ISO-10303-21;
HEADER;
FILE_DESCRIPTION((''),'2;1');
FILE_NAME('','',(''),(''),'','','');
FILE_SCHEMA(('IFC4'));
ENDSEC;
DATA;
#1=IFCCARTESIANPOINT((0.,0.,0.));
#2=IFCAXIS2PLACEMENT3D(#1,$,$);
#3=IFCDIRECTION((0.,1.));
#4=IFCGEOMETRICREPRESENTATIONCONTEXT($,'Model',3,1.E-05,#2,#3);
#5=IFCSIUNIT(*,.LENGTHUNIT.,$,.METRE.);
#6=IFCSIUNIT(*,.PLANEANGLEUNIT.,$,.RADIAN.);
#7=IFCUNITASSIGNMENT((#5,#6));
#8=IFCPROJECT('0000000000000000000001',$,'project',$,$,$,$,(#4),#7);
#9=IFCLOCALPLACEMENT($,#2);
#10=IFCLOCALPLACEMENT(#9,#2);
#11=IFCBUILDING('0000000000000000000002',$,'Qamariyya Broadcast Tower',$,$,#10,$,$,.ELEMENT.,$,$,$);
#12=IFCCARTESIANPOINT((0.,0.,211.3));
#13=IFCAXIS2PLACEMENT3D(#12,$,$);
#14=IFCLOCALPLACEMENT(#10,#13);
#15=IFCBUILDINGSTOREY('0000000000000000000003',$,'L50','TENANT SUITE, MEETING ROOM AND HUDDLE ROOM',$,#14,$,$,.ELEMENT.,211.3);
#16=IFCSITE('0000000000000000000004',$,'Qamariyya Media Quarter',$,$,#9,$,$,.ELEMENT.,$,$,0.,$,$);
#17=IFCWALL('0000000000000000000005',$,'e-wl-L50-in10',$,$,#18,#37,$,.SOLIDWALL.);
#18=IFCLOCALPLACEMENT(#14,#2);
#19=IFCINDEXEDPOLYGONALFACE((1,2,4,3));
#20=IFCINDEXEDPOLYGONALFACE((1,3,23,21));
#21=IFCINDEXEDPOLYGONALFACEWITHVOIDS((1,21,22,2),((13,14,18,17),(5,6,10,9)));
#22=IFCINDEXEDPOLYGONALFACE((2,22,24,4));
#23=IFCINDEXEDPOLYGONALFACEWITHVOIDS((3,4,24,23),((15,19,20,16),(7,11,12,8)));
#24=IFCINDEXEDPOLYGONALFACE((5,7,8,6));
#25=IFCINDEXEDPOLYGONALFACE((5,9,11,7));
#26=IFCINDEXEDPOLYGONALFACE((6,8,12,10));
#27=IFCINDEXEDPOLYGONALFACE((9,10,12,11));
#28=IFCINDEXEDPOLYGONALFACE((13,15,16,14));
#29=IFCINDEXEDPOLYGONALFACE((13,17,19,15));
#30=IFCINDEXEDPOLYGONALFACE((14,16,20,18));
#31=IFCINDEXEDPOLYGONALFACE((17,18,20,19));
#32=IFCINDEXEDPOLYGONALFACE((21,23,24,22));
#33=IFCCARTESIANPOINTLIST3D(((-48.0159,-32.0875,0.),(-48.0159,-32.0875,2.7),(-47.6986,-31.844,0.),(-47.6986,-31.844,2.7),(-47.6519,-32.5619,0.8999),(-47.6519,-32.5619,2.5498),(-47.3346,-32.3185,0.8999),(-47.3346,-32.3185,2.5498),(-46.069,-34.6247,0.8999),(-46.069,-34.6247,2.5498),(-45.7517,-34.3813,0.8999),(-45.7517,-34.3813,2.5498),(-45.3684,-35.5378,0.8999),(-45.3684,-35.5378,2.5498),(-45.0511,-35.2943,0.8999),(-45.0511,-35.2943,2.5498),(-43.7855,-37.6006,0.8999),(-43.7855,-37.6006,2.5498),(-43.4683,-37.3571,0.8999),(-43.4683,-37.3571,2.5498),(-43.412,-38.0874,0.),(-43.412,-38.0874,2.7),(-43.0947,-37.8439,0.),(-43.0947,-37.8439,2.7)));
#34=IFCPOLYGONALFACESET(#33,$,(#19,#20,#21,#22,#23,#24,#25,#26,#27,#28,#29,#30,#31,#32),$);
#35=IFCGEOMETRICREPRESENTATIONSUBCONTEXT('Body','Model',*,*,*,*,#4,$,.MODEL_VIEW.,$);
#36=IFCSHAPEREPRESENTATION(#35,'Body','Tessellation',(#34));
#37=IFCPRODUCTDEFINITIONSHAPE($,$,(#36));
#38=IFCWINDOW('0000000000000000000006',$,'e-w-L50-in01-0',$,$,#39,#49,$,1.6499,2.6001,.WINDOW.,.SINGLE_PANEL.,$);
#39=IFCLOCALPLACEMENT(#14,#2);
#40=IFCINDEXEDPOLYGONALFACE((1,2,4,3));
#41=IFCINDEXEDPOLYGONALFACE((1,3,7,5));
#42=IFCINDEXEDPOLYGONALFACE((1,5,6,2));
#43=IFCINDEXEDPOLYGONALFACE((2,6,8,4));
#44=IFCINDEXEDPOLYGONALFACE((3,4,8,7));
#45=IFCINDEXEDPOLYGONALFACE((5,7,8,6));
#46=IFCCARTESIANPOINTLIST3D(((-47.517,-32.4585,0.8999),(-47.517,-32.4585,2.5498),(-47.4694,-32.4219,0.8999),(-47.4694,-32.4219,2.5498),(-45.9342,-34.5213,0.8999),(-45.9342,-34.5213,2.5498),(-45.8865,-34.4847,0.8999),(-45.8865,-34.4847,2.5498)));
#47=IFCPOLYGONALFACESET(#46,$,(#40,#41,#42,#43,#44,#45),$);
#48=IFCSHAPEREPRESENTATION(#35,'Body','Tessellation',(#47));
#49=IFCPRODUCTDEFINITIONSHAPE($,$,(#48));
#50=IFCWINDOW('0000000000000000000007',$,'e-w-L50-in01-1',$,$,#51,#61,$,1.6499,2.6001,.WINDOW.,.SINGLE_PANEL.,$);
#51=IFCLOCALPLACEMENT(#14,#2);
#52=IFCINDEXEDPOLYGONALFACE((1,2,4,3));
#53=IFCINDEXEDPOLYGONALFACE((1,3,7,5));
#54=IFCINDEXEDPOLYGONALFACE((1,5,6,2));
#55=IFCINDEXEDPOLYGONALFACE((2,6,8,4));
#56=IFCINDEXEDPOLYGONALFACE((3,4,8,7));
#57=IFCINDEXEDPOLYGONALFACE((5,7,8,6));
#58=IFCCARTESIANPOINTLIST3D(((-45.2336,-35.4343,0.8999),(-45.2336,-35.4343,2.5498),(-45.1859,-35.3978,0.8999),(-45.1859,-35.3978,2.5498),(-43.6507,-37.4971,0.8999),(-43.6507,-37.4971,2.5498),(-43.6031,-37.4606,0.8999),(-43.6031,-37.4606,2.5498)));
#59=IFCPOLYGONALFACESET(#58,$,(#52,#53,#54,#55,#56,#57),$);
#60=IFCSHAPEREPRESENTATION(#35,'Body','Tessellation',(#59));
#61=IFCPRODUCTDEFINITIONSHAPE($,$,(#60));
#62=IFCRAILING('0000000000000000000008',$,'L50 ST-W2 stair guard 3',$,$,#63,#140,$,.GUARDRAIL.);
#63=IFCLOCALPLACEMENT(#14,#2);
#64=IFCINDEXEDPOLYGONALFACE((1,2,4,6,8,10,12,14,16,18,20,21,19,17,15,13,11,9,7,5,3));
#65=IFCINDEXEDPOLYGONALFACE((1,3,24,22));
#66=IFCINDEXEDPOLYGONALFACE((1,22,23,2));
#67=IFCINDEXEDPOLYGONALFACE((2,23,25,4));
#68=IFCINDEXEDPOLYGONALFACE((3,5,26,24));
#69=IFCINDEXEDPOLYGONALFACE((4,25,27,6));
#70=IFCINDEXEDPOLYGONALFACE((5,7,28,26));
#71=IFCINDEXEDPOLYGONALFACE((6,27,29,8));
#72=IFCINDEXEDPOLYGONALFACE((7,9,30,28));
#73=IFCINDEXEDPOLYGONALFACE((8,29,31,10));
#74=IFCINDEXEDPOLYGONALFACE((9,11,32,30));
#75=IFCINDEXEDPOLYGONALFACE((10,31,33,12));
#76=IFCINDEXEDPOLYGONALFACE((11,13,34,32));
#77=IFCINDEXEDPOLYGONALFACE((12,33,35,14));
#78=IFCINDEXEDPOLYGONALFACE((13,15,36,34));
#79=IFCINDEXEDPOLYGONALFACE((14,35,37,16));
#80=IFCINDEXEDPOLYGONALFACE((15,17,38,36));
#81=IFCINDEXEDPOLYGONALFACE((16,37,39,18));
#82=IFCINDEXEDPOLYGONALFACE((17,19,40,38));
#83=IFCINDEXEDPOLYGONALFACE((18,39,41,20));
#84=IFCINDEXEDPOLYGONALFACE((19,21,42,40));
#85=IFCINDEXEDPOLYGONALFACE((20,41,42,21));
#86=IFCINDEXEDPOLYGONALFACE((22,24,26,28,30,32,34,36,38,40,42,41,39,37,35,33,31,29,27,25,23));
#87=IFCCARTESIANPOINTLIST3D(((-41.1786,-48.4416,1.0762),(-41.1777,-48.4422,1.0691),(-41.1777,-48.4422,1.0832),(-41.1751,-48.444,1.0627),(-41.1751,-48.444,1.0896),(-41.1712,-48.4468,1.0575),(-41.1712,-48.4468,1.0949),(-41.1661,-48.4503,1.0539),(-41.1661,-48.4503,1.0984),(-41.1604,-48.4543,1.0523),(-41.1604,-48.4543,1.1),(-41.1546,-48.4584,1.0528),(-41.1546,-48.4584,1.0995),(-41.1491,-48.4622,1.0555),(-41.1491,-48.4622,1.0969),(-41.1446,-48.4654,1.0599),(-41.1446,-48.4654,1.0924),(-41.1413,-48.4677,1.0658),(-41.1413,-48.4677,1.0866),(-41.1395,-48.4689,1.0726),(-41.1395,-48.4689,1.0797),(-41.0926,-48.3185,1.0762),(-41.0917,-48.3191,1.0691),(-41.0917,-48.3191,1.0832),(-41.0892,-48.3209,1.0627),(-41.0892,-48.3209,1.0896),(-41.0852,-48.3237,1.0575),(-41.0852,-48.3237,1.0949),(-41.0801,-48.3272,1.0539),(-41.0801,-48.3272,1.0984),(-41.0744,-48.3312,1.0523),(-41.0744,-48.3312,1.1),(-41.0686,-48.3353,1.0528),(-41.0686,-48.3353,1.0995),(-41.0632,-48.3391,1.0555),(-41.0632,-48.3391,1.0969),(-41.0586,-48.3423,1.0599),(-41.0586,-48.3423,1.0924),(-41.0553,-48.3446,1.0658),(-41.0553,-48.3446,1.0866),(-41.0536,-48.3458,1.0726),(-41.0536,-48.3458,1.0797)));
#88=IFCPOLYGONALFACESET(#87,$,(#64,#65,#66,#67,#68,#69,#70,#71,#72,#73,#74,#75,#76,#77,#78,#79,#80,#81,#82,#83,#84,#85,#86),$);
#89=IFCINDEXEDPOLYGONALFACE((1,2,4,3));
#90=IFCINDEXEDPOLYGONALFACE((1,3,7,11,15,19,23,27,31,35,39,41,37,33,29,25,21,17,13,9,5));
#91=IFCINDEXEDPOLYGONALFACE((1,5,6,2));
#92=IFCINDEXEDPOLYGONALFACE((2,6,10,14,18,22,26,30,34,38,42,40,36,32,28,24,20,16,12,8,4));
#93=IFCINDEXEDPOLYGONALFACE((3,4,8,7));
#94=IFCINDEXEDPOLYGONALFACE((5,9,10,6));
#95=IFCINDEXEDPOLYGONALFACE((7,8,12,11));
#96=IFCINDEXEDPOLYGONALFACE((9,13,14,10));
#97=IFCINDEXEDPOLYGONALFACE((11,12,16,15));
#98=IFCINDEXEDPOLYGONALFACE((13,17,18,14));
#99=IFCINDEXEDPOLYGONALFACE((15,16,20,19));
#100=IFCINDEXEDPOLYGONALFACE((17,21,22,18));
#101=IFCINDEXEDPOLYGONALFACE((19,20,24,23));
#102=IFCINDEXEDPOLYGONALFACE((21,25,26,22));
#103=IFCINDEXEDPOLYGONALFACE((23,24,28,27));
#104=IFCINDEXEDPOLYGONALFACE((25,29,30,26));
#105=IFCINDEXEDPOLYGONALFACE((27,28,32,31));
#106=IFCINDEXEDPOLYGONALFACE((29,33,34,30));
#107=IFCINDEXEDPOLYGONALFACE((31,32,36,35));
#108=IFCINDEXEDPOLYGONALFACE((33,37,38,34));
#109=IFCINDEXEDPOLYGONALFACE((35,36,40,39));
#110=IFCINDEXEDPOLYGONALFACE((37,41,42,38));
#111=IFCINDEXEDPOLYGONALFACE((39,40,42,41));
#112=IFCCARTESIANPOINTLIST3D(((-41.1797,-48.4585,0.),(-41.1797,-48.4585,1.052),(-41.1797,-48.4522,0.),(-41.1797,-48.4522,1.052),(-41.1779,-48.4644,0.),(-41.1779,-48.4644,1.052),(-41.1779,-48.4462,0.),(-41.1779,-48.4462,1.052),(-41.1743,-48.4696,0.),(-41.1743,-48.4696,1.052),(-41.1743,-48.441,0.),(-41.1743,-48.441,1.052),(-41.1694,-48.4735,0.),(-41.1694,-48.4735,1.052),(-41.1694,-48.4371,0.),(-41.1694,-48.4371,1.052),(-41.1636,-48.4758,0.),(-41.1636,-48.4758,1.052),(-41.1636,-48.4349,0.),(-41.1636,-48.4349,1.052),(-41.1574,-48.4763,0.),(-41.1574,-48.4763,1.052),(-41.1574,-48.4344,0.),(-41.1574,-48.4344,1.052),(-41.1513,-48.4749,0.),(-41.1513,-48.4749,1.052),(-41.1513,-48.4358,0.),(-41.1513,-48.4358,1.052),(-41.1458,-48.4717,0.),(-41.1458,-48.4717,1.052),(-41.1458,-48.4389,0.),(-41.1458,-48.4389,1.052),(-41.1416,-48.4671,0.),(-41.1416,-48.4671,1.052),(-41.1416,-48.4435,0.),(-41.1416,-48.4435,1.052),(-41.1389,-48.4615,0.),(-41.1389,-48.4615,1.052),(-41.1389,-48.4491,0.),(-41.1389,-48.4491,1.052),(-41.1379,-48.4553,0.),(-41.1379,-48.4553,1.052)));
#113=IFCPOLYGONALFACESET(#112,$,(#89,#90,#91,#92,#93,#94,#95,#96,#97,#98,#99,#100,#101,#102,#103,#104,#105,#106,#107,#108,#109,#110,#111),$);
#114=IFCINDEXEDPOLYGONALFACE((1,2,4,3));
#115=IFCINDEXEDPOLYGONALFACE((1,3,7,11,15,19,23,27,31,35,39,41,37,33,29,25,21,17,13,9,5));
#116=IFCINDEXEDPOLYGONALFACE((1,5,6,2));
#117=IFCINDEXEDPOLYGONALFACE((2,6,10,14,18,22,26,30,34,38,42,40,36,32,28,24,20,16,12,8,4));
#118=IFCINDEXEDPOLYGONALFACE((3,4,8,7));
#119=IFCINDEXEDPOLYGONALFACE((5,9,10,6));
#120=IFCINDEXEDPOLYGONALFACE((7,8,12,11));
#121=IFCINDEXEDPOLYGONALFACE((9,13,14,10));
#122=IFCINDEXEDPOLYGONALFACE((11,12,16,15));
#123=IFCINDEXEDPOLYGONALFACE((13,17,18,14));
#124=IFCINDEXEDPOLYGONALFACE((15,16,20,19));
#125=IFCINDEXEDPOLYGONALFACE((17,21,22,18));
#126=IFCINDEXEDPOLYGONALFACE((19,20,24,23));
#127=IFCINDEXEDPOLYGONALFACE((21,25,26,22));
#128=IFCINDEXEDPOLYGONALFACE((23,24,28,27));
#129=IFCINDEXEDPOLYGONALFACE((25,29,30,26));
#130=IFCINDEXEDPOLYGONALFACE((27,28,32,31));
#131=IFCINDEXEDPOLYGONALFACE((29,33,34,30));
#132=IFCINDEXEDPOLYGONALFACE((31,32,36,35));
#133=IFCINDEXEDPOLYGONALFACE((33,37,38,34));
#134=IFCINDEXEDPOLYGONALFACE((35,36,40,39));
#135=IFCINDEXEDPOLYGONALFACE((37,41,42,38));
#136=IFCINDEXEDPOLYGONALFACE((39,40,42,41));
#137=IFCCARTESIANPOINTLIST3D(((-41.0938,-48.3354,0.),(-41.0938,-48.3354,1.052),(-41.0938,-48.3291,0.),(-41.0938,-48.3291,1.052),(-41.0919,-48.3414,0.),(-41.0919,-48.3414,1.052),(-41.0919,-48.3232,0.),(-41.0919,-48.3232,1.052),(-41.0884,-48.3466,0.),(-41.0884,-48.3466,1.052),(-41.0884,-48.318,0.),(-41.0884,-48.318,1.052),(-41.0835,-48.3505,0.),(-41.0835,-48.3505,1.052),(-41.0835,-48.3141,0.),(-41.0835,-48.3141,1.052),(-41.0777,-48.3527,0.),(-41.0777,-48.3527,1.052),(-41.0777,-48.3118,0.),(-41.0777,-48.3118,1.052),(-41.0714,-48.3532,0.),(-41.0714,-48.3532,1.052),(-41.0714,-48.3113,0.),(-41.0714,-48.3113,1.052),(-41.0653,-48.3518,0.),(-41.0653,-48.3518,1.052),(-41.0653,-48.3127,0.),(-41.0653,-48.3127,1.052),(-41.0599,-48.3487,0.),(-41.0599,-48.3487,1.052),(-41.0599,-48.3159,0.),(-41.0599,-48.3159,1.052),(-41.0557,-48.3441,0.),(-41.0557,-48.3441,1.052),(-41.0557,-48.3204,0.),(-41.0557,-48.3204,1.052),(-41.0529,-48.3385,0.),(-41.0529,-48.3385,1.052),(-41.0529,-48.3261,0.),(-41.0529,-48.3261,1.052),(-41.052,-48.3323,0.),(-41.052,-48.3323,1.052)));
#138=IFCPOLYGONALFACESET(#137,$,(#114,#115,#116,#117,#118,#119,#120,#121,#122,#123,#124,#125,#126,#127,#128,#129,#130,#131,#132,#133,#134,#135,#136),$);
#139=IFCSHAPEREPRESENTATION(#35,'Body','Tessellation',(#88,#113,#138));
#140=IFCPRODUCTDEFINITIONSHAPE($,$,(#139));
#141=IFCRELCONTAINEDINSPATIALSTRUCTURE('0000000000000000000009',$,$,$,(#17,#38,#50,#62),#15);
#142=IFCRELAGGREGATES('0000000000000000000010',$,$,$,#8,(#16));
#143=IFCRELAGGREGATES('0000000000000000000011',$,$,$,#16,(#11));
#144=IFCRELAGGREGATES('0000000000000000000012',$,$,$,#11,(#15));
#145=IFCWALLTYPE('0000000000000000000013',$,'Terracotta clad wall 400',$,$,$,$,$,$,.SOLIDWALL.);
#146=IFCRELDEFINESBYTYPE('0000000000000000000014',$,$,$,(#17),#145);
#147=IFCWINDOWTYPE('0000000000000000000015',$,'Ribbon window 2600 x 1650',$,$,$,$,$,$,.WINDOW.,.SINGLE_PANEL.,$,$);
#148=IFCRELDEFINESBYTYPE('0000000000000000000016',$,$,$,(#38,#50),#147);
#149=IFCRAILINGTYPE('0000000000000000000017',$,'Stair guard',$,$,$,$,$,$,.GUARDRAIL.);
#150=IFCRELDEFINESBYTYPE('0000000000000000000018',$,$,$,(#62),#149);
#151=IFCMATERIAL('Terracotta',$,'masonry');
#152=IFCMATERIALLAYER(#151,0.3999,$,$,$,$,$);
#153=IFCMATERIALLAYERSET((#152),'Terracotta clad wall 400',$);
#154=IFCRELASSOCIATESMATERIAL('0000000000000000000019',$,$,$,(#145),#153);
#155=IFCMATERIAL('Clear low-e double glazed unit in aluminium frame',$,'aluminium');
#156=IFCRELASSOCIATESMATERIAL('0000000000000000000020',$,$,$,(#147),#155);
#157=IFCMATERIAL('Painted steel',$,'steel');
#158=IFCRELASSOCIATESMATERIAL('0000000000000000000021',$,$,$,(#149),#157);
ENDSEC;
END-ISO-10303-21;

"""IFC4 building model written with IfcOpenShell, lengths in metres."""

from ifc_helpers import new_model, si_unit, direction, frame, frame_2d, origin, origin_2d, place, context, subcontext, project, spatial, rectangle, circle, extrude, material, layer, layer_set, type_object, element, fill, save


model = new_model("IFC4")

# Units and contexts
model_context = context("Model", 3, precision=1e-05, world=origin(), true_north=direction((0.0, 1.0)))
body_context = subcontext(model_context, "Body", "Model", "MODEL_VIEW")
ifc_project = project(units=[si_unit("LENGTHUNIT", "METRE"), si_unit("PLANEANGLEUNIT", "RADIAN")], contexts=[model_context])

# Site, building, storey
site_placement = place(None, origin())
site = spatial("IfcSite", under=ifc_project, at=site_placement, Name="Qamariyya Media Quarter", CompositionType="ELEMENT", RefElevation=0.0)
building_placement = place(site_placement, origin())
building = spatial("IfcBuilding", under=site, at=building_placement, Name="Qamariyya Broadcast Tower", CompositionType="ELEMENT")
storey_placement = place(building_placement, frame((0.0, 0.0, 211.3)))
storey = spatial("IfcBuildingStorey", under=building, at=storey_placement, Name="L50", Description="TENANT SUITE, MEETING ROOM AND HUDDLE ROOM", CompositionType="ELEMENT", Elevation=211.3)

# Shared definitions
ifc_material_1 = material(Name="Terracotta", Category="masonry")
ifc_layer_1 = layer(ifc_material_1, 0.3999)
ifc_layer_set_1 = layer_set([ifc_layer_1], Name="Terracotta clad wall 400")
wall_type_1 = type_object("IfcWallType", Name="Terracotta clad wall 400", PredefinedType="SOLIDWALL", material=ifc_layer_set_1)
ifc_material_2 = material(Name="Clear low-e double glazed unit in aluminium frame", Category="aluminium")

# Wall, openings, windows
wall_1_placement = place(storey_placement, frame((-43.2534, -37.9656, 0.0), z_axis=(0.0, 0.0, 1.0), x_axis=(-0.608765, 0.793351, 0.0)))
wall_1 = element("IfcWall", 1, at=wall_1_placement, inside=storey, type_object=wall_type_1, Name="e-wl-L50-in10", PredefinedType="SOLIDWALL", context=body_context, shape_type="SweptSolid", body=[
    extrude(rectangle(XDim=7.5627, YDim=0.3999, at=frame_2d((3.7812, 0.0))), origin(), (0.0, 0.0, 1.0), 2.7),
])
opening_1_placement = place(wall_1_placement, frame((4.3645, 0.0, 0.8999)))
opening_1 = element("IfcOpeningElement", 2, at=opening_1_placement, cuts=wall_1, PredefinedType="OPENING", context=body_context, shape_type="SweptSolid", body=[
    extrude(rectangle(XDim=2.6001, YDim=1.6499, at=frame_2d((1.3, 0.825))), frame((0.0, 0.21, 0.0), z_axis=(0.0, -1.0, 0.0), x_axis=(1.0, 0.0, 0.0)), (0.0, 0.0, 1.0), 0.4199),
])
opening_2_placement = place(wall_1_placement, frame((0.6135, 0.0, 0.8999)))
opening_2 = element("IfcOpeningElement", 3, at=opening_2_placement, cuts=wall_1, PredefinedType="OPENING", context=body_context, shape_type="SweptSolid", body=[
    extrude(rectangle(XDim=2.6001, YDim=1.6499, at=frame_2d((1.3, 0.825))), frame((0.0, 0.21, 0.0), z_axis=(0.0, -1.0, 0.0), x_axis=(1.0, 0.0, 0.0)), (0.0, 0.0, 1.0), 0.4199),
])
window_type_1 = type_object("IfcWindowType", Name="Ribbon window 2600 x 1650", PartitioningType="SINGLE_PANEL", PredefinedType="WINDOW", material=ifc_material_2)
window_1_placement = place(opening_1_placement, origin())
window_1 = element("IfcWindow", 4, at=window_1_placement, inside=storey, type_object=window_type_1, Name="e-w-L50-in01-0", OverallHeight=1.6499, OverallWidth=2.6001, PartitioningType="SINGLE_PANEL", PredefinedType="WINDOW", context=body_context, shape_type="SweptSolid", body=[
    extrude(rectangle(XDim=2.6001, YDim=1.6499, at=frame_2d((1.3, 0.825))), frame((0.0, 0.03, 0.0), z_axis=(0.0, -1.0, 0.0), x_axis=(1.0, 0.0, 0.0)), (0.0, 0.0, 1.0), 0.0601),
])
fill(opening_1, window_1)
window_2_placement = place(opening_2_placement, origin())
window_2 = element("IfcWindow", 5, at=window_2_placement, inside=storey, type_object=window_type_1, Name="e-w-L50-in01-1", OverallHeight=1.6499, OverallWidth=2.6001, PartitioningType="SINGLE_PANEL", PredefinedType="WINDOW", context=body_context, shape_type="SweptSolid", body=[
    extrude(rectangle(XDim=2.6001, YDim=1.6499, at=frame_2d((1.3, 0.825))), frame((0.0, 0.03, 0.0), z_axis=(0.0, -1.0, 0.0), x_axis=(1.0, 0.0, 0.0)), (0.0, 0.0, 1.0), 0.0601),
])
fill(opening_2, window_2)

# Railing
ifc_material_3 = material(Name="Painted steel", Category="steel")
railing_type_1 = type_object("IfcRailingType", Name="Stair guard", PredefinedType="GUARDRAIL", material=ifc_material_3)
railing_1_placement = place(storey_placement, frame((-41.1589, -48.4553, 0.0)))
element("IfcRailing", 6, at=railing_1_placement, inside=storey, type_object=railing_type_1, Name="L50 ST-W2 stair guard 3", PredefinedType="GUARDRAIL", context=body_context, shape_type="SweptSolid", body=[
    extrude(circle(Radius=0.0239, at=origin_2d()), frame((0.0, 0.0, 1.0762), z_axis=(0.572589, 0.819843, 0.0), x_axis=(-0.819843, 0.572589, 0.0)), (0.0, 0.0, 1.0), 0.1501),
    extrude(circle(Radius=0.021, at=origin_2d()), origin(), (0.0, 0.0, 1.0), 1.052),
    extrude(circle(Radius=0.021, at=origin_2d()), frame((0.0859, 0.123, 0.0)), (0.0, 0.0, 1.0), 1.052),
])

save(model, "model.ifc")
